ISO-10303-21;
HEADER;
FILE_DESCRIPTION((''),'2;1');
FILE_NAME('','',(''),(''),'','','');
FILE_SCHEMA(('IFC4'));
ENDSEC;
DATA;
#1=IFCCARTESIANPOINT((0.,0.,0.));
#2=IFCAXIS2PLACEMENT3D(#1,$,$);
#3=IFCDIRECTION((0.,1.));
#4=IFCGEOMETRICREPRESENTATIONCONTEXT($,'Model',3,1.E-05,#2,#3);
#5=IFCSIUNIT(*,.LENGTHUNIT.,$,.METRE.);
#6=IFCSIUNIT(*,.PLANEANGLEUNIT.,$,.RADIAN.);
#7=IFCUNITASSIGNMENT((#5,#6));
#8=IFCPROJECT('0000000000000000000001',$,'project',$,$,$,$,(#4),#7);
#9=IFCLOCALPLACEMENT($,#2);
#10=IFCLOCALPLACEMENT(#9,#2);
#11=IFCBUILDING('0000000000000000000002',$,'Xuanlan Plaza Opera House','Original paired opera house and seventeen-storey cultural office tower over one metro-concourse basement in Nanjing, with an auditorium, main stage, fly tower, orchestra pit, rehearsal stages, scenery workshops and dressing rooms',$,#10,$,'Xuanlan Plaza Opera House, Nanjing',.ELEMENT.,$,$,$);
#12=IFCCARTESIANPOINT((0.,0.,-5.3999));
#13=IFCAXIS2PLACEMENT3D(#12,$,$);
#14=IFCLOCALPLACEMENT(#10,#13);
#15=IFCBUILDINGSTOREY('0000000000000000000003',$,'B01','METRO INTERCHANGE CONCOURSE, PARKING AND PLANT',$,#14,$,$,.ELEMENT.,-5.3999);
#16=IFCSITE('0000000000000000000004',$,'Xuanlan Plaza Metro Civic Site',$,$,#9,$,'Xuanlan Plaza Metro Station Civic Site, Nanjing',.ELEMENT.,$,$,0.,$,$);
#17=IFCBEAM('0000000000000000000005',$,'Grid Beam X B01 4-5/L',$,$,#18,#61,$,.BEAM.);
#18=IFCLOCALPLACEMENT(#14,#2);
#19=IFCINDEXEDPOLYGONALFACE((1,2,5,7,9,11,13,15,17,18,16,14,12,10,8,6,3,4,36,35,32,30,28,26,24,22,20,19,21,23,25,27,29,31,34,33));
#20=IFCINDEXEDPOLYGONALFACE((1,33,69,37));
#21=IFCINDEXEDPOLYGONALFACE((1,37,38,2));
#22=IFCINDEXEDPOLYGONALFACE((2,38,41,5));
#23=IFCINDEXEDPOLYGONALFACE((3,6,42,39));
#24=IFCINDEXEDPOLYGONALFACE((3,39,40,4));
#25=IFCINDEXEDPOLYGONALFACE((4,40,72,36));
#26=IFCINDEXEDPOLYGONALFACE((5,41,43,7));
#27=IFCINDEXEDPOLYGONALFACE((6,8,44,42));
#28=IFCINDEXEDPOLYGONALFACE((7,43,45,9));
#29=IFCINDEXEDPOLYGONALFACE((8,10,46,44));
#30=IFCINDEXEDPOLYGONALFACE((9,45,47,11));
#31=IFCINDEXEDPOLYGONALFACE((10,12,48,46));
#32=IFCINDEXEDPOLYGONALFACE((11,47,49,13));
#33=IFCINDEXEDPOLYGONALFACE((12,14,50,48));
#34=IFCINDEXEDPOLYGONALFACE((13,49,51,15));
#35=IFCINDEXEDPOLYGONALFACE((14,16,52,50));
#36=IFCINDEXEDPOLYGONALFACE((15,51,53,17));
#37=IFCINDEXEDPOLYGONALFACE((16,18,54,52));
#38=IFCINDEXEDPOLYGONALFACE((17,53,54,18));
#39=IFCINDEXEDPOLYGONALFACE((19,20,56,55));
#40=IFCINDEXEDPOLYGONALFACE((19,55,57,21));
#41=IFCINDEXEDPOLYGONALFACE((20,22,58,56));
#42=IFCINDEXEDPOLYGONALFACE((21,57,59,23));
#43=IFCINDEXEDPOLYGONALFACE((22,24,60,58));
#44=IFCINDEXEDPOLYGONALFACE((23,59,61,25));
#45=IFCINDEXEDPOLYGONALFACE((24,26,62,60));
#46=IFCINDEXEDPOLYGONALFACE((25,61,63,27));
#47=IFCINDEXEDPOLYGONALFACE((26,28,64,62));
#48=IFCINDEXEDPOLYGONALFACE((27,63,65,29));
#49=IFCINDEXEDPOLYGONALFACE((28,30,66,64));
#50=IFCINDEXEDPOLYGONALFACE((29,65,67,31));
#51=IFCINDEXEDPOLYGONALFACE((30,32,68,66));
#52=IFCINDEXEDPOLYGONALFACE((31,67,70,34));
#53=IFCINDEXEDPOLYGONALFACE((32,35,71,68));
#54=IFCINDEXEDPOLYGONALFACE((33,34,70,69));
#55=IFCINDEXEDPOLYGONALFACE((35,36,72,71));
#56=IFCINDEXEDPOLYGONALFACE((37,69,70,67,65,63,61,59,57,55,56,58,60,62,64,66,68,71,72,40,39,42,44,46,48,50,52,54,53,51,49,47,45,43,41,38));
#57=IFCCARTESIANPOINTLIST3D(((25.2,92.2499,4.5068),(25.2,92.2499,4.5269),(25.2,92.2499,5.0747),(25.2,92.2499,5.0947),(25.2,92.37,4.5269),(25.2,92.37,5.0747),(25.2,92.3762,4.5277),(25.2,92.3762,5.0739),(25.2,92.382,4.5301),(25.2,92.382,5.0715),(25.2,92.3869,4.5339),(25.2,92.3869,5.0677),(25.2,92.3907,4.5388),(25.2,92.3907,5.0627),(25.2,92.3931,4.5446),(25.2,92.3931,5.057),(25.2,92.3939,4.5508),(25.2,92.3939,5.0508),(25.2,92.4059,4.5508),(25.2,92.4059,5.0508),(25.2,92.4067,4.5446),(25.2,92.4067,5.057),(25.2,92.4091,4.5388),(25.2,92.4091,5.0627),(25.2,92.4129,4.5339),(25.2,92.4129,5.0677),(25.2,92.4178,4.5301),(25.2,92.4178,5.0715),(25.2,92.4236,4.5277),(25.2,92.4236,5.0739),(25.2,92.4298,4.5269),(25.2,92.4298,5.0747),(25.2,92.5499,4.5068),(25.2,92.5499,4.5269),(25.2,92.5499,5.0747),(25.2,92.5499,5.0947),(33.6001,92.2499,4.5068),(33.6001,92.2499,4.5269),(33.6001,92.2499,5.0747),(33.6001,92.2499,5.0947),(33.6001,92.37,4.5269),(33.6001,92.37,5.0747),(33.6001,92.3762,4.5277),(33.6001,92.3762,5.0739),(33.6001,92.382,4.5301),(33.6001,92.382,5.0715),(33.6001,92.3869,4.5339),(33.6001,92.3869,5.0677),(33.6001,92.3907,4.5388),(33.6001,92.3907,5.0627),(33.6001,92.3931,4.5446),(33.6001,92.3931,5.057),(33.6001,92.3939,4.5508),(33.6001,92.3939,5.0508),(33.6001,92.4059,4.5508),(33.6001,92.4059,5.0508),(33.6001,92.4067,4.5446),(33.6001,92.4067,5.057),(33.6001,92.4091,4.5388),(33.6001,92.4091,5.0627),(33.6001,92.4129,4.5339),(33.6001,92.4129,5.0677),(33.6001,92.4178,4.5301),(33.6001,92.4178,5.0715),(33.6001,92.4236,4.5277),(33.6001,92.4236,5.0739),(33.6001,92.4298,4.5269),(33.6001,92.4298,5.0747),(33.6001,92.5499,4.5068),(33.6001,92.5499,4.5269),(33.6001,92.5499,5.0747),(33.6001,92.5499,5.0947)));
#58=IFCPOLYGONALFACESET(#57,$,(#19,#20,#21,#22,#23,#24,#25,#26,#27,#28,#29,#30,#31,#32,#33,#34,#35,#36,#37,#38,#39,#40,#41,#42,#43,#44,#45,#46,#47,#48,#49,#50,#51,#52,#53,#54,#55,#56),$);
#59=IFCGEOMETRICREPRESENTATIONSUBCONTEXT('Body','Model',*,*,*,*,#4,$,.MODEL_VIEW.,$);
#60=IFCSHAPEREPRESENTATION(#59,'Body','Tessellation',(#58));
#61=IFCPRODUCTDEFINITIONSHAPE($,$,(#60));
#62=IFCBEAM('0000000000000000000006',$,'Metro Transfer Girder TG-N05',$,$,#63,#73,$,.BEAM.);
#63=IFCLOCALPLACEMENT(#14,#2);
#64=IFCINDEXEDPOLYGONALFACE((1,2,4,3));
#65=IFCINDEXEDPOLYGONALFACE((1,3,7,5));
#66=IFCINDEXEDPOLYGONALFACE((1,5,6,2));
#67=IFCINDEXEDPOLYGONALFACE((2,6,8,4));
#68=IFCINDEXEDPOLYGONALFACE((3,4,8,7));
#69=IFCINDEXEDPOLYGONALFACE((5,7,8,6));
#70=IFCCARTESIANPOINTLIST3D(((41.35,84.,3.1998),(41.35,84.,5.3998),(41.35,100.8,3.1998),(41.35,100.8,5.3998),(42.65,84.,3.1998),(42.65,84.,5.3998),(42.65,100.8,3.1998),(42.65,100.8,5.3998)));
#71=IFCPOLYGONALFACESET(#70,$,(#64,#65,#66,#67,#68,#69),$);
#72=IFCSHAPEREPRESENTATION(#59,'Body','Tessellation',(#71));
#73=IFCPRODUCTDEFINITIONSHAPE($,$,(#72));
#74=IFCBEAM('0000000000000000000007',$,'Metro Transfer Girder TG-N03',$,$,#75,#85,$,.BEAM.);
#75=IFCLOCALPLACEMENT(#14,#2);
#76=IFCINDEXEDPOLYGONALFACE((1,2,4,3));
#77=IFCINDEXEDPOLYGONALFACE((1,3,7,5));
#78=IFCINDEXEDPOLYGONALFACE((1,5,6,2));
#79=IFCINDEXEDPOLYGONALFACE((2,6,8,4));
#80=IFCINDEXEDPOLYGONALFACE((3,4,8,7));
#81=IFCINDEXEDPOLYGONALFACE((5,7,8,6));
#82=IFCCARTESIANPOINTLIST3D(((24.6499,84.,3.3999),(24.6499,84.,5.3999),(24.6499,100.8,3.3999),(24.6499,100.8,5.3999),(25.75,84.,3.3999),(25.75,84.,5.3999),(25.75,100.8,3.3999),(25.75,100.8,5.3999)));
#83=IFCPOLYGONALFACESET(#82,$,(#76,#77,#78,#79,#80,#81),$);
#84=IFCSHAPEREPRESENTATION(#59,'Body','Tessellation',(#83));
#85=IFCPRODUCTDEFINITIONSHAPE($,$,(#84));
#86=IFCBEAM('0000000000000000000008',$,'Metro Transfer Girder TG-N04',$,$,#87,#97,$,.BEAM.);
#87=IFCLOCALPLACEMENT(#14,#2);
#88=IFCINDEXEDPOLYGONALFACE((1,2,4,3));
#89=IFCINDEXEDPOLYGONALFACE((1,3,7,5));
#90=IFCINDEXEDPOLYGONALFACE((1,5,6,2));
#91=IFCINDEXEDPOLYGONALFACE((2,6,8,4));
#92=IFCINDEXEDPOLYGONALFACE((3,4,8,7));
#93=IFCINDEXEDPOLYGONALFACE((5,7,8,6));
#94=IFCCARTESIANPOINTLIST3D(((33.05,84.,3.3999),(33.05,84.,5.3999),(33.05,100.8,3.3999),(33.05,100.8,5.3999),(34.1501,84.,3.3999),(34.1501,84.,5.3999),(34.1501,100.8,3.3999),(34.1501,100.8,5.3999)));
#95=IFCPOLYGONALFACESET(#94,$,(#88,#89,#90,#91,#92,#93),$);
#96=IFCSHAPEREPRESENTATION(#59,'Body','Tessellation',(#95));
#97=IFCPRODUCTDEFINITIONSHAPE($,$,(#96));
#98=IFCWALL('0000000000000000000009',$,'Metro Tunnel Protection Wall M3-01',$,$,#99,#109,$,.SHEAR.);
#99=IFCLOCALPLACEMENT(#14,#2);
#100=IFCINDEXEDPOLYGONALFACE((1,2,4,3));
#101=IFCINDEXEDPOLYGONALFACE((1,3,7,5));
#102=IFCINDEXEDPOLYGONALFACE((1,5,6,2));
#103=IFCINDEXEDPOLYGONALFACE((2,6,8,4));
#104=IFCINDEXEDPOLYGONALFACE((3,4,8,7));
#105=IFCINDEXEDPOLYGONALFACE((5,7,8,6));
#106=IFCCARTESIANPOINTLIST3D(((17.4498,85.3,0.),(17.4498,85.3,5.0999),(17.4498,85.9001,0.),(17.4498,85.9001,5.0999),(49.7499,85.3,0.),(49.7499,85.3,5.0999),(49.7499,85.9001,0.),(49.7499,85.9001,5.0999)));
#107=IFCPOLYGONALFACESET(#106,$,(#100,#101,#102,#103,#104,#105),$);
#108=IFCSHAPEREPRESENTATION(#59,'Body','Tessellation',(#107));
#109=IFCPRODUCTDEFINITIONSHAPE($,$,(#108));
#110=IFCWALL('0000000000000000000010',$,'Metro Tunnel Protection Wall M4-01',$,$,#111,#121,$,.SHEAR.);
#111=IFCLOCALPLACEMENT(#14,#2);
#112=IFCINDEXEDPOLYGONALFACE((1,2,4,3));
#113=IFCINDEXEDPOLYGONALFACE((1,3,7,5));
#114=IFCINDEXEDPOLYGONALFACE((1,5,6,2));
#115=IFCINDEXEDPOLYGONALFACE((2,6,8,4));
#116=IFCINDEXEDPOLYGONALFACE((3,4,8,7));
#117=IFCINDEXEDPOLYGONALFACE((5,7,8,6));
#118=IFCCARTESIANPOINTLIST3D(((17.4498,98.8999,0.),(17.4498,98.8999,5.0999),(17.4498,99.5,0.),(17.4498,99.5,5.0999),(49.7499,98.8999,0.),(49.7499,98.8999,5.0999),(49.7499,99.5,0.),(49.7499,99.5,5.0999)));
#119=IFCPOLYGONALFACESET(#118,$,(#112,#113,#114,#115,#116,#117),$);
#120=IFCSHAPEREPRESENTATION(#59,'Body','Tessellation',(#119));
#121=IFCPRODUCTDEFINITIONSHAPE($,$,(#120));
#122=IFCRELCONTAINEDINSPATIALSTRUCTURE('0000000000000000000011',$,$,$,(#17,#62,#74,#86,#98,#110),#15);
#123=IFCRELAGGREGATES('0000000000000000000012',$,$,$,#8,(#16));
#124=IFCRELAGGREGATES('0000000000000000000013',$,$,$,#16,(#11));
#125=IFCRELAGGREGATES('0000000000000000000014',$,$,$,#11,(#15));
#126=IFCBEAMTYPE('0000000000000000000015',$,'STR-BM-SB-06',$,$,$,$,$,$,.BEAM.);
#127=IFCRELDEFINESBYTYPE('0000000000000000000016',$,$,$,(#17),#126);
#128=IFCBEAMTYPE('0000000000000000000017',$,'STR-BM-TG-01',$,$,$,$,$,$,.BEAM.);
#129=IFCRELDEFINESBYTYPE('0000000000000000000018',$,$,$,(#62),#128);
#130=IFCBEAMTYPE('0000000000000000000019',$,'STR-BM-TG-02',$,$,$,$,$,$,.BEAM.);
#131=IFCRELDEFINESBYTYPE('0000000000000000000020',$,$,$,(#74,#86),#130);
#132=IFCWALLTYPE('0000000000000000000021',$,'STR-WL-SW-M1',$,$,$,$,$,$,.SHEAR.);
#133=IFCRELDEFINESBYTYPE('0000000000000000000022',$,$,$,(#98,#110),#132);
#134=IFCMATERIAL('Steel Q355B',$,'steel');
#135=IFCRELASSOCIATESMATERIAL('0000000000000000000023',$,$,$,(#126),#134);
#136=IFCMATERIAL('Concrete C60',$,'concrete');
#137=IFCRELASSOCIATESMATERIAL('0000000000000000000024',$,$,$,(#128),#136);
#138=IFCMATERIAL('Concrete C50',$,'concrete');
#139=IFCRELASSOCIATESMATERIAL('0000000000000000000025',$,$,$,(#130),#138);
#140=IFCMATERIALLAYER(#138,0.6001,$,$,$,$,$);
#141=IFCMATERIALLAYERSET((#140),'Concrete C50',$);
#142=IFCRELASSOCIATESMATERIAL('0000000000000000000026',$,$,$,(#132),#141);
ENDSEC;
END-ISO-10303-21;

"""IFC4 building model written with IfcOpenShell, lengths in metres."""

from ifc_helpers import new_model, si_unit, direction, frame, frame_2d, origin, origin_2d, place, context, subcontext, project, spatial, rectangle, i_section, extrude, material, layer, layer_set, material_profile, profile_set, type_object, element, save


model = new_model("IFC4")

# Units and contexts
model_context = context("Model", 3, precision=1e-05, world=origin(), true_north=direction((0.0, 1.0)))
body_context = subcontext(model_context, "Body", "Model", "MODEL_VIEW")
ifc_project = project(units=[si_unit("LENGTHUNIT", "METRE"), si_unit("PLANEANGLEUNIT", "RADIAN")], contexts=[model_context])

# Site, building, storey
site_placement = place(None, origin())
site = spatial("IfcSite", under=ifc_project, at=site_placement, Name="Xuanlan Plaza Metro Civic Site", LongName="Xuanlan Plaza Metro Station Civic Site, Nanjing", CompositionType="ELEMENT", RefElevation=0.0)
building_placement = place(site_placement, origin())
building = spatial("IfcBuilding", under=site, at=building_placement, Name="Xuanlan Plaza Opera House", Description="Original paired opera house and seventeen-storey cultural office tower over one metro-concourse basement in Nanjing, with an auditorium, main stage, fly tower, orchestra pit, rehearsal stages, scenery workshops and dressing rooms", LongName="Xuanlan Plaza Opera House, Nanjing", CompositionType="ELEMENT")
storey_placement = place(building_placement, frame((0.0, 0.0, -5.3999)))
storey = spatial("IfcBuildingStorey", under=building, at=storey_placement, Name="B01", Description="METRO INTERCHANGE CONCOURSE, PARKING AND PLANT", CompositionType="ELEMENT", Elevation=-5.3999)

# Shared definitions
ifc_material_1 = material(Name="Concrete C50", Category="concrete")

# Shared definitions
ifc_material_2 = material(Name="Concrete C60", Category="concrete")

# Beams
ifc_material_3 = material(Name="Steel Q355B", Category="steel")
ifc_material_profile_1 = material_profile(ifc_material_3, i_section(OverallWidth=0.3, OverallDepth=0.5879, WebThickness=0.012, FlangeThickness=0.02, FilletRadius=0.0239, at=origin_2d()), Name="HM 588x300x12x20")
ifc_profile_set_1 = profile_set([ifc_material_profile_1], Name="Steel Q355B")
beam_type_1 = type_object("IfcBeamType", Name="STR-BM-SB-06", PredefinedType="BEAM", material=ifc_profile_set_1)
beam_1_placement = place(storey_placement, frame((25.2, 92.3999, 4.8008), z_axis=(1.0, 0.0, 0.0), x_axis=(0.0, 1.0, 0.0)))
element("IfcBeam", 1, at=beam_1_placement, inside=storey, type_object=beam_type_1, Name="Grid Beam X B01 4-5/L", PredefinedType="BEAM", context=body_context, shape_type="SweptSolid", body=[
    extrude(i_section(OverallWidth=0.3, OverallDepth=0.5879, WebThickness=0.012, FlangeThickness=0.02, FilletRadius=0.0239, at=origin_2d()), origin(), (0.0, 0.0, 1.0), 8.4001),
])
ifc_material_profile_2 = material_profile(ifc_material_2, rectangle(XDim=1.3, YDim=2.2, at=origin_2d()), Name="RC-TG 1300x2200")
ifc_profile_set_2 = profile_set([ifc_material_profile_2], Name="Concrete C60")
beam_type_2 = type_object("IfcBeamType", Name="STR-BM-TG-01", PredefinedType="BEAM", material=ifc_profile_set_2)
beam_2_placement = place(storey_placement, frame((42.0, 84.0, 4.2998), z_axis=(0.0, 1.0, 0.0), x_axis=(-1.0, 0.0, 0.0)))
element("IfcBeam", 2, at=beam_2_placement, inside=storey, type_object=beam_type_2, Name="Metro Transfer Girder TG-N05", PredefinedType="BEAM", context=body_context, shape_type="SweptSolid", body=[
    extrude(rectangle(XDim=1.3, YDim=2.2, at=origin_2d()), origin(), (0.0, 0.0, 1.0), 16.8),
])
ifc_material_profile_3 = material_profile(ifc_material_1, rectangle(XDim=1.1001, YDim=2.0, at=origin_2d()), Name="RC-TG 1100x2000")
ifc_profile_set_3 = profile_set([ifc_material_profile_3], Name="Concrete C50")
beam_type_3 = type_object("IfcBeamType", Name="STR-BM-TG-02", PredefinedType="BEAM", material=ifc_profile_set_3)
for number, where, z_axis, x_axis, name in (
    (3, (25.2, 84.0, 4.3999), (0.0, 1.0, 0.0), (-1.0, 0.0, 0.0), "Metro Transfer Girder TG-N03"),
    (4, (33.6001, 84.0, 4.3999), (0.0, 1.0, 0.0), (-1.0, 0.0, 0.0), "Metro Transfer Girder TG-N04"),
):
    element("IfcBeam", number, at=place(storey_placement, frame(where, z_axis=z_axis, x_axis=x_axis)), inside=storey, type_object=beam_type_3, Name=name, PredefinedType="BEAM", context=body_context, shape_type="SweptSolid", body=[
        extrude(rectangle(XDim=1.1001, YDim=2.0, at=origin_2d()), origin(), (0.0, 0.0, 1.0), 16.8),
    ])

# Walls
ifc_layer = layer(ifc_material_1, 0.6001)
ifc_layer_set = layer_set([ifc_layer], Name="Concrete C50")
wall_type = type_object("IfcWallType", Name="STR-WL-SW-M1", PredefinedType="SHEAR", material=ifc_layer_set)
for number, where, z_axis, x_axis, name in (
    (5, (17.45, 85.6001, 0.0), (0.0, 0.0, 1.0), (1.0, 0.0, 0.0), "Metro Tunnel Protection Wall M3-01"),
    (6, (17.45, 99.2, 0.0), (0.0, 0.0, 1.0), (1.0, 0.0, 0.0), "Metro Tunnel Protection Wall M4-01"),
):
    element("IfcWall", number, at=place(storey_placement, frame(where, z_axis=z_axis, x_axis=x_axis)), inside=storey, type_object=wall_type, Name=name, PredefinedType="SHEAR", context=body_context, shape_type="SweptSolid", body=[
        extrude(rectangle(XDim=32.3, YDim=0.6001, at=frame_2d((16.1499, 0.0))), origin(), (0.0, 0.0, 1.0), 5.0999),
    ])

save(model, "model.ifc")
